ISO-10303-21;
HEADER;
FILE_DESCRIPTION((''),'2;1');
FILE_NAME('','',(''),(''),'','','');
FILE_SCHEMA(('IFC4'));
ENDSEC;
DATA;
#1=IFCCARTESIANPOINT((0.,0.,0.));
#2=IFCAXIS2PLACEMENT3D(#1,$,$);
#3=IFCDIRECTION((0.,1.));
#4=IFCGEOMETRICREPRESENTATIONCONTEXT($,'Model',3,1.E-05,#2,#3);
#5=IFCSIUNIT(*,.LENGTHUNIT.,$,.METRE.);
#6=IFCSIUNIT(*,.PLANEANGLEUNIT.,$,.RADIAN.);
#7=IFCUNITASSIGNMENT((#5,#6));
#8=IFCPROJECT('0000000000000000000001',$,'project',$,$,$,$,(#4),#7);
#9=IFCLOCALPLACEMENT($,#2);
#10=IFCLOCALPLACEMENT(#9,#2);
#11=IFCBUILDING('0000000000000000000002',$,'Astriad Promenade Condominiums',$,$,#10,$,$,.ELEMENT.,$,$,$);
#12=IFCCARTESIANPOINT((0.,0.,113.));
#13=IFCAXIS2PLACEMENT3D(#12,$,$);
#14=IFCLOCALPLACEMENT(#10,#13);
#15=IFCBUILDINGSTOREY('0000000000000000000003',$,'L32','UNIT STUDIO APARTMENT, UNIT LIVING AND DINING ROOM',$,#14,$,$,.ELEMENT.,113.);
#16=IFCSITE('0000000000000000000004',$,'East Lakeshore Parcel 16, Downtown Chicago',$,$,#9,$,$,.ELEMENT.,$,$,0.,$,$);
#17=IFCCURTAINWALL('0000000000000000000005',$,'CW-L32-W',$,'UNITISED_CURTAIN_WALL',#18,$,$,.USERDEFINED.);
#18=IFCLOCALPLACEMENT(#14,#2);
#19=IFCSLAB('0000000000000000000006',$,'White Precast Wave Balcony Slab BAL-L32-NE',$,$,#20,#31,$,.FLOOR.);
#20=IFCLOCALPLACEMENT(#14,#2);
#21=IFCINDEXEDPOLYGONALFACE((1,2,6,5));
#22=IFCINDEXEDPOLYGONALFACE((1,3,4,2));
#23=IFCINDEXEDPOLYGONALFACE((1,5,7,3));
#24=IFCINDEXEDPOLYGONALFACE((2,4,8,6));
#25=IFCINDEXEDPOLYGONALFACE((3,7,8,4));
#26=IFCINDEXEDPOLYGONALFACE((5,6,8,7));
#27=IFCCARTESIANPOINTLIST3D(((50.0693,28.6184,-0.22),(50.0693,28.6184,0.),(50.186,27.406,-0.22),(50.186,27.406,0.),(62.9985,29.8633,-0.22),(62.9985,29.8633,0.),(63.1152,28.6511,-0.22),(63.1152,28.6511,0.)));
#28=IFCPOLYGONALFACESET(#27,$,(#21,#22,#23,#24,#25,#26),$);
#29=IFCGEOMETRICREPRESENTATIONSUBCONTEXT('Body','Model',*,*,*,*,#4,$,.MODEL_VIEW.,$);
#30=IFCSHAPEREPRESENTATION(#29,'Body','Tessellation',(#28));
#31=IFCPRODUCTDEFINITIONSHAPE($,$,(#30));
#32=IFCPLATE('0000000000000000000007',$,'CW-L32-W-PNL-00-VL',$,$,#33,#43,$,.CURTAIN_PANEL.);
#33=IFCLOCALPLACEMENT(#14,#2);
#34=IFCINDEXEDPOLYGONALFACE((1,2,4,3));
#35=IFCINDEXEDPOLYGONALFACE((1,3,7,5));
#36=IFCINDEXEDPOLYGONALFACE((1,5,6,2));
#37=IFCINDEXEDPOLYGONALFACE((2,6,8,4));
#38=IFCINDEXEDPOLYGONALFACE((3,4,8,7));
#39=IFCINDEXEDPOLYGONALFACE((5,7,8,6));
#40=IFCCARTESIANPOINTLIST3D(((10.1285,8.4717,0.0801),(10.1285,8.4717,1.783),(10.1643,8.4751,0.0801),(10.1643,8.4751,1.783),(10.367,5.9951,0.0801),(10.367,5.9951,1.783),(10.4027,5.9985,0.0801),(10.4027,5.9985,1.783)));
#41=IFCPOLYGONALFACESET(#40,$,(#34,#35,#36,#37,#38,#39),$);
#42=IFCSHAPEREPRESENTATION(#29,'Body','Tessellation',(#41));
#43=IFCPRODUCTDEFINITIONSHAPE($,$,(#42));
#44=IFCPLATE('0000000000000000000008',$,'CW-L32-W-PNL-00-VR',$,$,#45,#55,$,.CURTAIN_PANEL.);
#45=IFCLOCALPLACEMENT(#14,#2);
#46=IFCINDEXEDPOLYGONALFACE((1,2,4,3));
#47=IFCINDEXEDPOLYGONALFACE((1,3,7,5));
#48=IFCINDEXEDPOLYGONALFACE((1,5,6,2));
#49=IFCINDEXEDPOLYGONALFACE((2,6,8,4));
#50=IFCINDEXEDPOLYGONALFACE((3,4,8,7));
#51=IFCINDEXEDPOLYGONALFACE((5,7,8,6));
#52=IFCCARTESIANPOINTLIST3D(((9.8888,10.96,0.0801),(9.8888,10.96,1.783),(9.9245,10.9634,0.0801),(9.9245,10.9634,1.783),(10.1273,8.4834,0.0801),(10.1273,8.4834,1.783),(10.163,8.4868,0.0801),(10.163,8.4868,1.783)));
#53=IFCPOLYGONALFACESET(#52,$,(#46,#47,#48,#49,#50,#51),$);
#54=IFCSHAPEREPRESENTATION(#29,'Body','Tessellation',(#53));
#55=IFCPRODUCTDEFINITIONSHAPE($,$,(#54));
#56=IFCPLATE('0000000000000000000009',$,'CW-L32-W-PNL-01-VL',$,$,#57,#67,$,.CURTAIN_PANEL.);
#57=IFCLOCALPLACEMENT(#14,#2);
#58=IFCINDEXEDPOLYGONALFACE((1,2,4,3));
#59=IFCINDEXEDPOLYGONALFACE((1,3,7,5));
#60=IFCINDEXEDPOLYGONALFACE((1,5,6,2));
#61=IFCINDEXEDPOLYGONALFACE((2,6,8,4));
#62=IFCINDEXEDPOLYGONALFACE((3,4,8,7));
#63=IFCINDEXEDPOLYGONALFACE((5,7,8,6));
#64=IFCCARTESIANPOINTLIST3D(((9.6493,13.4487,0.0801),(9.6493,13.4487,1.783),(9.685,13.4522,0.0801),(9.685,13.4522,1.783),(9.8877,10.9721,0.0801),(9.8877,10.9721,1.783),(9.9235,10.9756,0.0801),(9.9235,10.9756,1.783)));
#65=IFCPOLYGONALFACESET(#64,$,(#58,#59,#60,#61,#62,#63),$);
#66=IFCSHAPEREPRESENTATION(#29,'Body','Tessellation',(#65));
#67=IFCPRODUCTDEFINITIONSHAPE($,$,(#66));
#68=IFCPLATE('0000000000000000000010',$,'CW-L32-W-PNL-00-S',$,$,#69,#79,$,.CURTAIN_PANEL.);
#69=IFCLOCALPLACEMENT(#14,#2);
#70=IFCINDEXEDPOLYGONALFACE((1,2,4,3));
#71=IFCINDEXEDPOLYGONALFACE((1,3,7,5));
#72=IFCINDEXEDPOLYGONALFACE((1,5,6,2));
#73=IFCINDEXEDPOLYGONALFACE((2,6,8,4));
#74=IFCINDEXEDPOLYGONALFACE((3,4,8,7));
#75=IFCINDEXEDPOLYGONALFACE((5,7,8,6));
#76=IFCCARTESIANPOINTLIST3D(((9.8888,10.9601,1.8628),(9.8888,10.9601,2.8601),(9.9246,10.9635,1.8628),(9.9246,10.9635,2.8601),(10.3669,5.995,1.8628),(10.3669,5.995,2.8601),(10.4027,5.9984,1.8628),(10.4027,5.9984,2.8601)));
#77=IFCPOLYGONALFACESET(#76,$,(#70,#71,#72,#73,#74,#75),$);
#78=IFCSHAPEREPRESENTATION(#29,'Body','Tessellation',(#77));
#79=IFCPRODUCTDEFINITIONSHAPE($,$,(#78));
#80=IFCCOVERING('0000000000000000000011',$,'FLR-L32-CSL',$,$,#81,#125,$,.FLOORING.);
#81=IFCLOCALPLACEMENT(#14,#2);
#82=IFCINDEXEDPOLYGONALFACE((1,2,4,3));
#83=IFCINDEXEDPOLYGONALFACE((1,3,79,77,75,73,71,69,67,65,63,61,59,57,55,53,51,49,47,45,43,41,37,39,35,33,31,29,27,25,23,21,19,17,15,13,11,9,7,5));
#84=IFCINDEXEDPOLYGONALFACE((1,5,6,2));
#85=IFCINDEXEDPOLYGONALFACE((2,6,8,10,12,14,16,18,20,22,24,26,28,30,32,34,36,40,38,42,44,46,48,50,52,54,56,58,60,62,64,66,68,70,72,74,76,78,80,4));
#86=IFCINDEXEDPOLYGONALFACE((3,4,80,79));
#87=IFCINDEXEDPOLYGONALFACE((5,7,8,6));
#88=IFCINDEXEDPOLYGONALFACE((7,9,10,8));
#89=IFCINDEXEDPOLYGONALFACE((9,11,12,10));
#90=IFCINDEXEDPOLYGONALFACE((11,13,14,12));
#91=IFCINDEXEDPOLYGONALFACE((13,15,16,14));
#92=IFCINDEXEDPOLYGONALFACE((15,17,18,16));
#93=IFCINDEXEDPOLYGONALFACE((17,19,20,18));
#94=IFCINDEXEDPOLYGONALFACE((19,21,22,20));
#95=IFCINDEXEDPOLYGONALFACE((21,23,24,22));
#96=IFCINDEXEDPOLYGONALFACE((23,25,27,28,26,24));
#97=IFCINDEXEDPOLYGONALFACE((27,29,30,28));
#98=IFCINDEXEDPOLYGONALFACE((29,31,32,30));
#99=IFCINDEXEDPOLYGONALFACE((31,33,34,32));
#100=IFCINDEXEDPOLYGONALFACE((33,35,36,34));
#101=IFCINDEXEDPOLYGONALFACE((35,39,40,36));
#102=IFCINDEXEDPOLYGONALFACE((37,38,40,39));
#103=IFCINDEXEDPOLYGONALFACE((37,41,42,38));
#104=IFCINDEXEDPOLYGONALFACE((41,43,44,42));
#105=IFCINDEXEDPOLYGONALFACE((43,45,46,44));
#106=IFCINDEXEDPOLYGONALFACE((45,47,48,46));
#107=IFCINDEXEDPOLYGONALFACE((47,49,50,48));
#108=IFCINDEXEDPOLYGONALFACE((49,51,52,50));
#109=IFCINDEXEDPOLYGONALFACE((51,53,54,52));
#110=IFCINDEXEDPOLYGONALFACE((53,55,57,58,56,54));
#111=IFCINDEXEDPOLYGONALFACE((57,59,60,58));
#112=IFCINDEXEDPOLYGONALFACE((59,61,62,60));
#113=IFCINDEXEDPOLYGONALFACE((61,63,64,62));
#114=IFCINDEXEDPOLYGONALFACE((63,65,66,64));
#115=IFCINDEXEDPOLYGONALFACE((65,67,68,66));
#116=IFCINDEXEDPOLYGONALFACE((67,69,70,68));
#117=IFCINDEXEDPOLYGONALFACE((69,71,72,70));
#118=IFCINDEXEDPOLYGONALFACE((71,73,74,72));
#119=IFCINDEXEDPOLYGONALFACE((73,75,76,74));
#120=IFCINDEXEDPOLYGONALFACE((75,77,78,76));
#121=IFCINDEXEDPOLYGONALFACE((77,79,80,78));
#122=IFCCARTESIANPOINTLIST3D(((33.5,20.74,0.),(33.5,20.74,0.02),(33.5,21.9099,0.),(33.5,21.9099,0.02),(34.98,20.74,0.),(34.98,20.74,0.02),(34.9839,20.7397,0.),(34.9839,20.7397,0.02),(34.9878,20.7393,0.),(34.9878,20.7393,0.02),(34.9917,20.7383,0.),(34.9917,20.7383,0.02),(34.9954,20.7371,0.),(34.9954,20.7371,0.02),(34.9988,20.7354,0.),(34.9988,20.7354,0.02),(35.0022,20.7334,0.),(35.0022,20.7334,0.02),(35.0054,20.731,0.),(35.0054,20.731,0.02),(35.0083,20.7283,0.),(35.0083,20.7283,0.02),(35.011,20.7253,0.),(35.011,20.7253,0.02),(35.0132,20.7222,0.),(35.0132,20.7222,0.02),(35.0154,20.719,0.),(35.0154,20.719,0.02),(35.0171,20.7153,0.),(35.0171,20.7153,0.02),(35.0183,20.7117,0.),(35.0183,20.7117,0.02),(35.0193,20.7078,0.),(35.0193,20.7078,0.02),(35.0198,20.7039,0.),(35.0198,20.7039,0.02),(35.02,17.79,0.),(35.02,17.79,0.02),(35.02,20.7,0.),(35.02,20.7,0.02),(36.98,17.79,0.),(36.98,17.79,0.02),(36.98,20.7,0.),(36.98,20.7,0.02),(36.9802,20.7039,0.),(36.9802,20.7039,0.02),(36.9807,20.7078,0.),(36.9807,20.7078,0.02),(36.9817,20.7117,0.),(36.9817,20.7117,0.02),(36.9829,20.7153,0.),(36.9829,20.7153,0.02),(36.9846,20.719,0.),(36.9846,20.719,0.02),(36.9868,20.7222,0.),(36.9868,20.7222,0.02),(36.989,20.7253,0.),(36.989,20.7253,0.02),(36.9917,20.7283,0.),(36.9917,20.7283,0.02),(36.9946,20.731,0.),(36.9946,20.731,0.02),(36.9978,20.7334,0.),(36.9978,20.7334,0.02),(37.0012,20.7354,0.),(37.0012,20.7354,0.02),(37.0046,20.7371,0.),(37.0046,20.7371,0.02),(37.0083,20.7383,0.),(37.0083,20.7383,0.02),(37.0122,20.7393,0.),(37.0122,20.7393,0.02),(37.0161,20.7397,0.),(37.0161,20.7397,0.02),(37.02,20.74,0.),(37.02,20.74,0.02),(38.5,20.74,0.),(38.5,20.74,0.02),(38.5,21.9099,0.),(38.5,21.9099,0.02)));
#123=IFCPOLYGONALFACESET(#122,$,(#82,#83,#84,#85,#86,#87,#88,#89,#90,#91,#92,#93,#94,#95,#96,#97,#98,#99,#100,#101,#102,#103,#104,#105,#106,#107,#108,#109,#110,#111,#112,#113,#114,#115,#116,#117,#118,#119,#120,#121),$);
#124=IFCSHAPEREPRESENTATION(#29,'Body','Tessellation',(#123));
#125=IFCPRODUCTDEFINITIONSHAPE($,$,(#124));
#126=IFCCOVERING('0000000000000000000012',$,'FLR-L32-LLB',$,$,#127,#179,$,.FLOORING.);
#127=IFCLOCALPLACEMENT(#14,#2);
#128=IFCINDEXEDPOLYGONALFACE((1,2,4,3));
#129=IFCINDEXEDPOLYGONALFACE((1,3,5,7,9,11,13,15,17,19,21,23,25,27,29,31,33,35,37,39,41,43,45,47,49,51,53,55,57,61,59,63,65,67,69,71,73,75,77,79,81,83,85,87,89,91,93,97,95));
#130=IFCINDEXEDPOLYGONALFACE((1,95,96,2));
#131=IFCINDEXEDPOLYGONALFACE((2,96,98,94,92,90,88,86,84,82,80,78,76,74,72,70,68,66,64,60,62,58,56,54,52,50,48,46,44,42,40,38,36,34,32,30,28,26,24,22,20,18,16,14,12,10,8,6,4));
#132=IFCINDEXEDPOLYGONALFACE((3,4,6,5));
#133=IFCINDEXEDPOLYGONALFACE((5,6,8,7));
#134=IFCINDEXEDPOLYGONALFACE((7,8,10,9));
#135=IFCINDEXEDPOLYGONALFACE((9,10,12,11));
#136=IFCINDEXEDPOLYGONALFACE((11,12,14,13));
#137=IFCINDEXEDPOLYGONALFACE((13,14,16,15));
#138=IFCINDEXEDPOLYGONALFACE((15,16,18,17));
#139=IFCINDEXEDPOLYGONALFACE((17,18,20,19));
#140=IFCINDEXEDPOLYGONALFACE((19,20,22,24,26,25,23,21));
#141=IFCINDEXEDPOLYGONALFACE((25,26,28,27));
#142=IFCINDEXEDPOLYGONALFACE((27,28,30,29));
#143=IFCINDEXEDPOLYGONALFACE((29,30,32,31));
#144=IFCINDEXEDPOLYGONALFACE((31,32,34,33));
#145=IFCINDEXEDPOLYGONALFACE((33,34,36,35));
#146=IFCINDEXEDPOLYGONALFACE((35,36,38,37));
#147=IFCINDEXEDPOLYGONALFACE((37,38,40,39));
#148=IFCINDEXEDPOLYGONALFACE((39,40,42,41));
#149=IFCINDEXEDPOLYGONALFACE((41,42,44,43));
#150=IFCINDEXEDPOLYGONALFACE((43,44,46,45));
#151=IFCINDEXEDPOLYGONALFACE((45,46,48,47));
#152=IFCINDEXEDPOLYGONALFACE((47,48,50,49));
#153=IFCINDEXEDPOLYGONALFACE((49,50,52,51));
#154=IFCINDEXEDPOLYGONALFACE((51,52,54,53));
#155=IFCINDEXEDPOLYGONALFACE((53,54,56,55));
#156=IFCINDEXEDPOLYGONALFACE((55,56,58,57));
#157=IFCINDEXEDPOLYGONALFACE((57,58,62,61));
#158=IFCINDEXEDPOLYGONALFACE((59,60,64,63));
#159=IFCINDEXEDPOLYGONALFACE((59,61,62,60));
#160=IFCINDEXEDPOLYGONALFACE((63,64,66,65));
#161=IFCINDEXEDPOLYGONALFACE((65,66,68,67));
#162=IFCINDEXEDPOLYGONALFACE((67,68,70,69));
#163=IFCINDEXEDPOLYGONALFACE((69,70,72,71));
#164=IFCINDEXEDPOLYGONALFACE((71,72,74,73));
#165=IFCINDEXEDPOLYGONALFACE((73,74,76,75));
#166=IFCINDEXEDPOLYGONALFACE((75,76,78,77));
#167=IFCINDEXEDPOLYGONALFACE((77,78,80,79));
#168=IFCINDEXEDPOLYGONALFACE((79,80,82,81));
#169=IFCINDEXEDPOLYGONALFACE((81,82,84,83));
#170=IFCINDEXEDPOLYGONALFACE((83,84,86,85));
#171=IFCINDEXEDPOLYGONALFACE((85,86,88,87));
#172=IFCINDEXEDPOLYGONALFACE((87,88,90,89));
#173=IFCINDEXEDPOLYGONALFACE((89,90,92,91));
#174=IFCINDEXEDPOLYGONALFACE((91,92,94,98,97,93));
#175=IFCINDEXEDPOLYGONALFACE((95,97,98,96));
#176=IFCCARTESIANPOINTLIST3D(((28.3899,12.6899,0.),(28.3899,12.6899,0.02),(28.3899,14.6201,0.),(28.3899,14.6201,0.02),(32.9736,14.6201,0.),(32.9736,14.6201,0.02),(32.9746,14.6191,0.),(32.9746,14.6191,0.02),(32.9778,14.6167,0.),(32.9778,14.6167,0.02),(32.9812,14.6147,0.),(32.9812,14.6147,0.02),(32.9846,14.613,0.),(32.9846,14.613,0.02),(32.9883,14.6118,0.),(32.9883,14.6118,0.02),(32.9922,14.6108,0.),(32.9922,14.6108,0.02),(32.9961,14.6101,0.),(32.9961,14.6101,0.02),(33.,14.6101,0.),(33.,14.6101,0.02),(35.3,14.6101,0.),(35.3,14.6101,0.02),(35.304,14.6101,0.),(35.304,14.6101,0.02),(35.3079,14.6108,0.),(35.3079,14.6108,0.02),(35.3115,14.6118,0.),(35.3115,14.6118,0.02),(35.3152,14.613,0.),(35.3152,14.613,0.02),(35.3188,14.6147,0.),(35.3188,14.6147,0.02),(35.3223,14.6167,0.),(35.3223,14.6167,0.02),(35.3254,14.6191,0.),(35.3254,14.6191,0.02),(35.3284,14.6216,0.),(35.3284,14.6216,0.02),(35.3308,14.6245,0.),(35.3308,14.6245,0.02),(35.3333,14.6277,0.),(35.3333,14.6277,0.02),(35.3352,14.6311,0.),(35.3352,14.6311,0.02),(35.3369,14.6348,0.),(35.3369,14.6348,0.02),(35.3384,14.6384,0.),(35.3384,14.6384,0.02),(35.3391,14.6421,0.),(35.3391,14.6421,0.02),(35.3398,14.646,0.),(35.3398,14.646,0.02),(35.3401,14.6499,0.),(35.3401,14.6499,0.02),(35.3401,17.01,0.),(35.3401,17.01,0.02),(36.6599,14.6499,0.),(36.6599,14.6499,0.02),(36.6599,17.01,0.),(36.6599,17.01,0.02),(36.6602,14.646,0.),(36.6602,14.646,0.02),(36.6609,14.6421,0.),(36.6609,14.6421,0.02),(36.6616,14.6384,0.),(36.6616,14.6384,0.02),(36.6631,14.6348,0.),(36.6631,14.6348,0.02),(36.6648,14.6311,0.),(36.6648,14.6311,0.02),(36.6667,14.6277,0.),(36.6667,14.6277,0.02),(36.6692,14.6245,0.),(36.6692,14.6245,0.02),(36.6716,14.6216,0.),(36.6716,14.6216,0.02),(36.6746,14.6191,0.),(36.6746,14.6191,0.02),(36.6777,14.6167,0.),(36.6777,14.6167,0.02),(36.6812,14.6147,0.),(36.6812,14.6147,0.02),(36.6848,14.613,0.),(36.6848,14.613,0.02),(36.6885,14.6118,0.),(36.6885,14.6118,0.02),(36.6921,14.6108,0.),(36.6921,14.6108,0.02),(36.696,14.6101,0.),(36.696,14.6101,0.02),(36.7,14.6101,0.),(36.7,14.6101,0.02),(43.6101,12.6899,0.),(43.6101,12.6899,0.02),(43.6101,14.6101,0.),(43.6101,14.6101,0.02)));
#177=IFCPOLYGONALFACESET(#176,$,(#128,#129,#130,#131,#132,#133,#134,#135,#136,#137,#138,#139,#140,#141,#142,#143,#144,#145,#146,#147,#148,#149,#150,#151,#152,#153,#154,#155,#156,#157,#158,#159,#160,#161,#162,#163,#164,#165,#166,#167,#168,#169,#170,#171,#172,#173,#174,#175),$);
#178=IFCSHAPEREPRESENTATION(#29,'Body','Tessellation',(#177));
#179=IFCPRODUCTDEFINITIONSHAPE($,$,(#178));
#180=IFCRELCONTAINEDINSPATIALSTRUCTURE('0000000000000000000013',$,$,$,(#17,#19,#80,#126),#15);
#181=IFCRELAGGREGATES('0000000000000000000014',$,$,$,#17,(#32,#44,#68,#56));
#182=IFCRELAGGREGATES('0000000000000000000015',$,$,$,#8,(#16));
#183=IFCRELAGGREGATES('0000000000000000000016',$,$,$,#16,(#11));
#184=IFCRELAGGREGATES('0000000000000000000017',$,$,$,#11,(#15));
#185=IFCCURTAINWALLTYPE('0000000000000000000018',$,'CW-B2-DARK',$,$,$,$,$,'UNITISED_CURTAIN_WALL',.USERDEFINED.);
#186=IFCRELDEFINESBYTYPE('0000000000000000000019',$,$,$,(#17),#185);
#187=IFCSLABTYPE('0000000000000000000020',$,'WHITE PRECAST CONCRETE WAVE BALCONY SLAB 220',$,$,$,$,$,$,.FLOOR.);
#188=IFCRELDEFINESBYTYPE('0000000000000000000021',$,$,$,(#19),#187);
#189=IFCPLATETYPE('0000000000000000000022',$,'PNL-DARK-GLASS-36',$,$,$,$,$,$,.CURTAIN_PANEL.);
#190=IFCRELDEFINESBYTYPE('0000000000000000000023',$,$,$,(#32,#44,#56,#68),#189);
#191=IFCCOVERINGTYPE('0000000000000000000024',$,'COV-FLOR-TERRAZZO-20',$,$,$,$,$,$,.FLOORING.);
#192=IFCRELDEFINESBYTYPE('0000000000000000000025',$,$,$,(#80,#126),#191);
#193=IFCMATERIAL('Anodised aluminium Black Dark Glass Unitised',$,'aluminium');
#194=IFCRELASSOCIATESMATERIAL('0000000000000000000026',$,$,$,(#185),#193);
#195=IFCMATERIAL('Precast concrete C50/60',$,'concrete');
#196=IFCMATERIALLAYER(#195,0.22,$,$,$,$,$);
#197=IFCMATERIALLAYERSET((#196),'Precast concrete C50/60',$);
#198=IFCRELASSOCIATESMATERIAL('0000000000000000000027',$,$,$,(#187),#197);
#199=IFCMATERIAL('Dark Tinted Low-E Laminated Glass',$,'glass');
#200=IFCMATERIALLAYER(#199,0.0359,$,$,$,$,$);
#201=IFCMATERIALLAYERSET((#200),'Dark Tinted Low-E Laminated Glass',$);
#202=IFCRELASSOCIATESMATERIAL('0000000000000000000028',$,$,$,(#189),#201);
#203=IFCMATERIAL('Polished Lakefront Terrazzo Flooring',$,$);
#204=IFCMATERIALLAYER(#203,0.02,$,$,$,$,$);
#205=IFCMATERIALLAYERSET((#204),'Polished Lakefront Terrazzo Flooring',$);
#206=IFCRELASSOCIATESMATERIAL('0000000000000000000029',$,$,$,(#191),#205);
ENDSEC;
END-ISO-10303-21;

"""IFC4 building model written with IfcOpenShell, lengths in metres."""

from ifc_helpers import new_model, si_unit, direction, frame, origin, origin_2d, place, context, subcontext, project, spatial, polyline, rectangle, outline, extrude, source, transform, mapped, material, layer, layer_set, type_object, type_shapes, element, aggregate, save


model = new_model("IFC4")

# Units and contexts
model_context = context("Model", 3, precision=1e-05, world=origin(), true_north=direction((0.0, 1.0)))
body_context = subcontext(model_context, "Body", "Model", "MODEL_VIEW")
ifc_project = project(units=[si_unit("LENGTHUNIT", "METRE"), si_unit("PLANEANGLEUNIT", "RADIAN")], contexts=[model_context])

# Site, building, storey
site_placement = place(None, origin())
site = spatial("IfcSite", under=ifc_project, at=site_placement, Name="East Lakeshore Parcel 16, Downtown Chicago", CompositionType="ELEMENT", RefElevation=0.0)
building_placement = place(site_placement, origin())
building = spatial("IfcBuilding", under=site, at=building_placement, Name="Astriad Promenade Condominiums", CompositionType="ELEMENT")
storey_placement = place(building_placement, frame((0.0, 0.0, 113.0)))
storey = spatial("IfcBuildingStorey", under=building, at=storey_placement, Name="L32", Description="UNIT STUDIO APARTMENT, UNIT LIVING AND DINING ROOM", CompositionType="ELEMENT", Elevation=113.0)

# Curtain wall
ifc_material_1 = material(Name="Anodised aluminium Black Dark Glass Unitised", Category="aluminium")
curtain_wall_type = type_object("IfcCurtainWallType", Name="CW-B2-DARK", ElementType="UNITISED_CURTAIN_WALL", PredefinedType="USERDEFINED", material=ifc_material_1)
curtain_wall_placement = place(storey_placement, origin())
curtain_wall = element("IfcCurtainWall", 1, at=curtain_wall_placement, inside=storey, type_object=curtain_wall_type, Name="CW-L32-W", ObjectType="UNITISED_CURTAIN_WALL", PredefinedType="USERDEFINED")

# Slab
ifc_material_2 = material(Name="Precast concrete C50/60", Category="concrete")
ifc_layer_1 = layer(ifc_material_2, 0.22)
ifc_layer_set_1 = layer_set([ifc_layer_1], Name="Precast concrete C50/60")
slab_type_1 = type_object("IfcSlabType", Name="WHITE PRECAST CONCRETE WAVE BALCONY SLAB 220", PredefinedType="FLOOR", material=ifc_layer_set_1)
slab_1_placement = place(storey_placement, frame((0.0, 0.0, -0.22)))
element("IfcSlab", 2, at=slab_1_placement, inside=storey, type_object=slab_type_1, Name="White Precast Wave Balcony Slab BAL-L32-NE", PredefinedType="FLOOR", context=body_context, shape_type="SweptSolid", body=[
    extrude(outline(polyline([(50.0693, 28.6184), (62.9985, 29.8633), (63.1152, 28.6511), (50.186, 27.406), (50.0693, 28.6184)])), origin(), (0.0, 0.0, 1.0), 0.22),
])

# Plates
ifc_material_3 = material(Name="Dark Tinted Low-E Laminated Glass", Category="glass")
ifc_layer_2 = layer(ifc_material_3, 0.0359)
ifc_layer_set_2 = layer_set([ifc_layer_2], Name="Dark Tinted Low-E Laminated Glass")
plate_type = type_object("IfcPlateType", Name="PNL-DARK-GLASS-36", PredefinedType="CURTAIN_PANEL", material=ifc_layer_set_2)
shared_shape_1 = source(origin(), body_context, "Body", "SweptSolid", [
    extrude(rectangle(XDim=2.488, YDim=0.0359, at=origin_2d()), origin(), (0.0, 0.0, 1.0), 1.7029),
])
plate_1_placement = place(storey_placement, frame((10.2656, 7.2351, 0.0801), z_axis=(0.0, 0.0, 1.0), x_axis=(-0.095846, 0.995396, 0.0)))
plate_1 = element("IfcPlate", 3, at=plate_1_placement, type_object=plate_type, Name="CW-L32-W-PNL-00-VL", PredefinedType="CURTAIN_PANEL", context=body_context, shape_type="MappedRepresentation", body=[
    mapped(shared_shape_1, transform((0.0, 0.0, 0.0), scale=1.0)),
])
plate_2_placement = place(storey_placement, frame((10.0259, 9.7234, 0.0801), z_axis=(0.0, 0.0, 1.0), x_axis=(-0.095846, 0.995396, 0.0)))
plate_2 = element("IfcPlate", 4, at=plate_2_placement, type_object=plate_type, Name="CW-L32-W-PNL-00-VR", PredefinedType="CURTAIN_PANEL", context=body_context, shape_type="MappedRepresentation", body=[
    mapped(shared_shape_1, transform((0.0, 0.0, 0.0), scale=1.0)),
])
plate_3_placement = place(storey_placement, frame((9.7864, 12.2122, 0.0801), z_axis=(0.0, 0.0, 1.0), x_axis=(-0.095846, 0.995396, 0.0)))
plate_3 = element("IfcPlate", 5, at=plate_3_placement, type_object=plate_type, Name="CW-L32-W-PNL-01-VL", PredefinedType="CURTAIN_PANEL", context=body_context, shape_type="MappedRepresentation", body=[
    mapped(shared_shape_1, transform((0.0, 0.0, 0.0), scale=1.0)),
])
shared_shape_2 = source(origin(), body_context, "Body", "SweptSolid", [
    extrude(rectangle(XDim=4.988, YDim=0.0359, at=origin_2d()), origin(), (0.0, 0.0, 1.0), 0.9973),
])
type_shapes(plate_type, [shared_shape_1, shared_shape_2])
plate_4_placement = place(storey_placement, frame((10.1458, 8.4792, 1.8628), z_axis=(0.0, 0.0, 1.0), x_axis=(-0.095846, 0.995396, 0.0)))
plate_4 = element("IfcPlate", 6, at=plate_4_placement, type_object=plate_type, Name="CW-L32-W-PNL-00-S", PredefinedType="CURTAIN_PANEL", context=body_context, shape_type="MappedRepresentation", body=[
    mapped(shared_shape_2, transform((0.0, 0.0, 0.0), scale=1.0)),
])
aggregate(curtain_wall, [plate_1, plate_2, plate_4, plate_3])

# Coverings
ifc_material_4 = material(Name="Polished Lakefront Terrazzo Flooring")
ifc_layer_3 = layer(ifc_material_4, 0.02)
ifc_layer_set_3 = layer_set([ifc_layer_3], Name="Polished Lakefront Terrazzo Flooring")
covering_type = type_object("IfcCoveringType", Name="COV-FLOR-TERRAZZO-20", PredefinedType="FLOORING", material=ifc_layer_set_3)
covering_1_placement = place(storey_placement, origin())
element("IfcCovering", 7, at=covering_1_placement, inside=storey, type_object=covering_type, Name="FLR-L32-CSL", PredefinedType="FLOORING", context=body_context, shape_type="SweptSolid", body=[
    extrude(outline(polyline([(36.98, 20.7), (36.98, 17.79), (35.02, 17.79), (35.02, 20.7), (35.0198, 20.7039), (35.0193, 20.7078), (35.0183, 20.7117), (35.0171, 20.7153), (35.0154, 20.719), (35.0132, 20.7222), (35.011, 20.7253), (35.0083, 20.7283), (35.0054, 20.731), (35.0022, 20.7334), (34.9988, 20.7354), (34.9954, 20.7371), (34.9917, 20.7383), (34.9878, 20.7393), (34.9839, 20.7397), (34.98, 20.74), (33.5, 20.74), (33.5, 21.9099), (38.5, 21.9099), (38.5, 20.74), (37.02, 20.74), (37.0161, 20.7397), (37.0122, 20.7393), (37.0083, 20.7383), (37.0046, 20.7371), (37.0012, 20.7354), (36.9978, 20.7334), (36.9946, 20.731), (36.9917, 20.7283), (36.989, 20.7253), (36.9868, 20.7222), (36.9846, 20.719), (36.9829, 20.7153), (36.9817, 20.7117), (36.9807, 20.7078), (36.9802, 20.7039), (36.98, 20.7)])), origin(), (0.0, 0.0, 1.0), 0.02),
])
covering_2_placement = place(storey_placement, origin())
element("IfcCovering", 8, at=covering_2_placement, inside=storey, type_object=covering_type, Name="FLR-L32-LLB", PredefinedType="FLOORING", context=body_context, shape_type="SweptSolid", body=[
    extrude(outline(polyline([(32.9736, 14.6201), (32.9746, 14.6191), (32.9778, 14.6167), (32.9812, 14.6147), (32.9846, 14.613), (32.9883, 14.6118), (32.9922, 14.6108), (32.9961, 14.6101), (33.0, 14.6101), (35.3, 14.6101), (35.304, 14.6101), (35.3079, 14.6108), (35.3115, 14.6118), (35.3152, 14.613), (35.3188, 14.6147), (35.3223, 14.6167), (35.3254, 14.6191), (35.3284, 14.6216), (35.3308, 14.6245), (35.3333, 14.6277), (35.3352, 14.6311), (35.3369, 14.6348), (35.3384, 14.6384), (35.3391, 14.6421), (35.3398, 14.646), (35.3401, 14.6499), (35.3401, 17.01), (36.6599, 17.01), (36.6599, 14.6499), (36.6602, 14.646), (36.6609, 14.6421), (36.6616, 14.6384), (36.6631, 14.6348), (36.6648, 14.6311), (36.6667, 14.6277), (36.6692, 14.6245), (36.6716, 14.6216), (36.6746, 14.6191), (36.6777, 14.6167), (36.6812, 14.6147), (36.6848, 14.613), (36.6885, 14.6118), (36.6921, 14.6108), (36.696, 14.6101), (36.7, 14.6101), (43.6101, 14.6101), (43.6101, 12.6899), (28.3899, 12.6899), (28.3899, 14.6201), (32.9736, 14.6201)])), origin(), (0.0, 0.0, 1.0), 0.02),
])

save(model, "model.ifc")
